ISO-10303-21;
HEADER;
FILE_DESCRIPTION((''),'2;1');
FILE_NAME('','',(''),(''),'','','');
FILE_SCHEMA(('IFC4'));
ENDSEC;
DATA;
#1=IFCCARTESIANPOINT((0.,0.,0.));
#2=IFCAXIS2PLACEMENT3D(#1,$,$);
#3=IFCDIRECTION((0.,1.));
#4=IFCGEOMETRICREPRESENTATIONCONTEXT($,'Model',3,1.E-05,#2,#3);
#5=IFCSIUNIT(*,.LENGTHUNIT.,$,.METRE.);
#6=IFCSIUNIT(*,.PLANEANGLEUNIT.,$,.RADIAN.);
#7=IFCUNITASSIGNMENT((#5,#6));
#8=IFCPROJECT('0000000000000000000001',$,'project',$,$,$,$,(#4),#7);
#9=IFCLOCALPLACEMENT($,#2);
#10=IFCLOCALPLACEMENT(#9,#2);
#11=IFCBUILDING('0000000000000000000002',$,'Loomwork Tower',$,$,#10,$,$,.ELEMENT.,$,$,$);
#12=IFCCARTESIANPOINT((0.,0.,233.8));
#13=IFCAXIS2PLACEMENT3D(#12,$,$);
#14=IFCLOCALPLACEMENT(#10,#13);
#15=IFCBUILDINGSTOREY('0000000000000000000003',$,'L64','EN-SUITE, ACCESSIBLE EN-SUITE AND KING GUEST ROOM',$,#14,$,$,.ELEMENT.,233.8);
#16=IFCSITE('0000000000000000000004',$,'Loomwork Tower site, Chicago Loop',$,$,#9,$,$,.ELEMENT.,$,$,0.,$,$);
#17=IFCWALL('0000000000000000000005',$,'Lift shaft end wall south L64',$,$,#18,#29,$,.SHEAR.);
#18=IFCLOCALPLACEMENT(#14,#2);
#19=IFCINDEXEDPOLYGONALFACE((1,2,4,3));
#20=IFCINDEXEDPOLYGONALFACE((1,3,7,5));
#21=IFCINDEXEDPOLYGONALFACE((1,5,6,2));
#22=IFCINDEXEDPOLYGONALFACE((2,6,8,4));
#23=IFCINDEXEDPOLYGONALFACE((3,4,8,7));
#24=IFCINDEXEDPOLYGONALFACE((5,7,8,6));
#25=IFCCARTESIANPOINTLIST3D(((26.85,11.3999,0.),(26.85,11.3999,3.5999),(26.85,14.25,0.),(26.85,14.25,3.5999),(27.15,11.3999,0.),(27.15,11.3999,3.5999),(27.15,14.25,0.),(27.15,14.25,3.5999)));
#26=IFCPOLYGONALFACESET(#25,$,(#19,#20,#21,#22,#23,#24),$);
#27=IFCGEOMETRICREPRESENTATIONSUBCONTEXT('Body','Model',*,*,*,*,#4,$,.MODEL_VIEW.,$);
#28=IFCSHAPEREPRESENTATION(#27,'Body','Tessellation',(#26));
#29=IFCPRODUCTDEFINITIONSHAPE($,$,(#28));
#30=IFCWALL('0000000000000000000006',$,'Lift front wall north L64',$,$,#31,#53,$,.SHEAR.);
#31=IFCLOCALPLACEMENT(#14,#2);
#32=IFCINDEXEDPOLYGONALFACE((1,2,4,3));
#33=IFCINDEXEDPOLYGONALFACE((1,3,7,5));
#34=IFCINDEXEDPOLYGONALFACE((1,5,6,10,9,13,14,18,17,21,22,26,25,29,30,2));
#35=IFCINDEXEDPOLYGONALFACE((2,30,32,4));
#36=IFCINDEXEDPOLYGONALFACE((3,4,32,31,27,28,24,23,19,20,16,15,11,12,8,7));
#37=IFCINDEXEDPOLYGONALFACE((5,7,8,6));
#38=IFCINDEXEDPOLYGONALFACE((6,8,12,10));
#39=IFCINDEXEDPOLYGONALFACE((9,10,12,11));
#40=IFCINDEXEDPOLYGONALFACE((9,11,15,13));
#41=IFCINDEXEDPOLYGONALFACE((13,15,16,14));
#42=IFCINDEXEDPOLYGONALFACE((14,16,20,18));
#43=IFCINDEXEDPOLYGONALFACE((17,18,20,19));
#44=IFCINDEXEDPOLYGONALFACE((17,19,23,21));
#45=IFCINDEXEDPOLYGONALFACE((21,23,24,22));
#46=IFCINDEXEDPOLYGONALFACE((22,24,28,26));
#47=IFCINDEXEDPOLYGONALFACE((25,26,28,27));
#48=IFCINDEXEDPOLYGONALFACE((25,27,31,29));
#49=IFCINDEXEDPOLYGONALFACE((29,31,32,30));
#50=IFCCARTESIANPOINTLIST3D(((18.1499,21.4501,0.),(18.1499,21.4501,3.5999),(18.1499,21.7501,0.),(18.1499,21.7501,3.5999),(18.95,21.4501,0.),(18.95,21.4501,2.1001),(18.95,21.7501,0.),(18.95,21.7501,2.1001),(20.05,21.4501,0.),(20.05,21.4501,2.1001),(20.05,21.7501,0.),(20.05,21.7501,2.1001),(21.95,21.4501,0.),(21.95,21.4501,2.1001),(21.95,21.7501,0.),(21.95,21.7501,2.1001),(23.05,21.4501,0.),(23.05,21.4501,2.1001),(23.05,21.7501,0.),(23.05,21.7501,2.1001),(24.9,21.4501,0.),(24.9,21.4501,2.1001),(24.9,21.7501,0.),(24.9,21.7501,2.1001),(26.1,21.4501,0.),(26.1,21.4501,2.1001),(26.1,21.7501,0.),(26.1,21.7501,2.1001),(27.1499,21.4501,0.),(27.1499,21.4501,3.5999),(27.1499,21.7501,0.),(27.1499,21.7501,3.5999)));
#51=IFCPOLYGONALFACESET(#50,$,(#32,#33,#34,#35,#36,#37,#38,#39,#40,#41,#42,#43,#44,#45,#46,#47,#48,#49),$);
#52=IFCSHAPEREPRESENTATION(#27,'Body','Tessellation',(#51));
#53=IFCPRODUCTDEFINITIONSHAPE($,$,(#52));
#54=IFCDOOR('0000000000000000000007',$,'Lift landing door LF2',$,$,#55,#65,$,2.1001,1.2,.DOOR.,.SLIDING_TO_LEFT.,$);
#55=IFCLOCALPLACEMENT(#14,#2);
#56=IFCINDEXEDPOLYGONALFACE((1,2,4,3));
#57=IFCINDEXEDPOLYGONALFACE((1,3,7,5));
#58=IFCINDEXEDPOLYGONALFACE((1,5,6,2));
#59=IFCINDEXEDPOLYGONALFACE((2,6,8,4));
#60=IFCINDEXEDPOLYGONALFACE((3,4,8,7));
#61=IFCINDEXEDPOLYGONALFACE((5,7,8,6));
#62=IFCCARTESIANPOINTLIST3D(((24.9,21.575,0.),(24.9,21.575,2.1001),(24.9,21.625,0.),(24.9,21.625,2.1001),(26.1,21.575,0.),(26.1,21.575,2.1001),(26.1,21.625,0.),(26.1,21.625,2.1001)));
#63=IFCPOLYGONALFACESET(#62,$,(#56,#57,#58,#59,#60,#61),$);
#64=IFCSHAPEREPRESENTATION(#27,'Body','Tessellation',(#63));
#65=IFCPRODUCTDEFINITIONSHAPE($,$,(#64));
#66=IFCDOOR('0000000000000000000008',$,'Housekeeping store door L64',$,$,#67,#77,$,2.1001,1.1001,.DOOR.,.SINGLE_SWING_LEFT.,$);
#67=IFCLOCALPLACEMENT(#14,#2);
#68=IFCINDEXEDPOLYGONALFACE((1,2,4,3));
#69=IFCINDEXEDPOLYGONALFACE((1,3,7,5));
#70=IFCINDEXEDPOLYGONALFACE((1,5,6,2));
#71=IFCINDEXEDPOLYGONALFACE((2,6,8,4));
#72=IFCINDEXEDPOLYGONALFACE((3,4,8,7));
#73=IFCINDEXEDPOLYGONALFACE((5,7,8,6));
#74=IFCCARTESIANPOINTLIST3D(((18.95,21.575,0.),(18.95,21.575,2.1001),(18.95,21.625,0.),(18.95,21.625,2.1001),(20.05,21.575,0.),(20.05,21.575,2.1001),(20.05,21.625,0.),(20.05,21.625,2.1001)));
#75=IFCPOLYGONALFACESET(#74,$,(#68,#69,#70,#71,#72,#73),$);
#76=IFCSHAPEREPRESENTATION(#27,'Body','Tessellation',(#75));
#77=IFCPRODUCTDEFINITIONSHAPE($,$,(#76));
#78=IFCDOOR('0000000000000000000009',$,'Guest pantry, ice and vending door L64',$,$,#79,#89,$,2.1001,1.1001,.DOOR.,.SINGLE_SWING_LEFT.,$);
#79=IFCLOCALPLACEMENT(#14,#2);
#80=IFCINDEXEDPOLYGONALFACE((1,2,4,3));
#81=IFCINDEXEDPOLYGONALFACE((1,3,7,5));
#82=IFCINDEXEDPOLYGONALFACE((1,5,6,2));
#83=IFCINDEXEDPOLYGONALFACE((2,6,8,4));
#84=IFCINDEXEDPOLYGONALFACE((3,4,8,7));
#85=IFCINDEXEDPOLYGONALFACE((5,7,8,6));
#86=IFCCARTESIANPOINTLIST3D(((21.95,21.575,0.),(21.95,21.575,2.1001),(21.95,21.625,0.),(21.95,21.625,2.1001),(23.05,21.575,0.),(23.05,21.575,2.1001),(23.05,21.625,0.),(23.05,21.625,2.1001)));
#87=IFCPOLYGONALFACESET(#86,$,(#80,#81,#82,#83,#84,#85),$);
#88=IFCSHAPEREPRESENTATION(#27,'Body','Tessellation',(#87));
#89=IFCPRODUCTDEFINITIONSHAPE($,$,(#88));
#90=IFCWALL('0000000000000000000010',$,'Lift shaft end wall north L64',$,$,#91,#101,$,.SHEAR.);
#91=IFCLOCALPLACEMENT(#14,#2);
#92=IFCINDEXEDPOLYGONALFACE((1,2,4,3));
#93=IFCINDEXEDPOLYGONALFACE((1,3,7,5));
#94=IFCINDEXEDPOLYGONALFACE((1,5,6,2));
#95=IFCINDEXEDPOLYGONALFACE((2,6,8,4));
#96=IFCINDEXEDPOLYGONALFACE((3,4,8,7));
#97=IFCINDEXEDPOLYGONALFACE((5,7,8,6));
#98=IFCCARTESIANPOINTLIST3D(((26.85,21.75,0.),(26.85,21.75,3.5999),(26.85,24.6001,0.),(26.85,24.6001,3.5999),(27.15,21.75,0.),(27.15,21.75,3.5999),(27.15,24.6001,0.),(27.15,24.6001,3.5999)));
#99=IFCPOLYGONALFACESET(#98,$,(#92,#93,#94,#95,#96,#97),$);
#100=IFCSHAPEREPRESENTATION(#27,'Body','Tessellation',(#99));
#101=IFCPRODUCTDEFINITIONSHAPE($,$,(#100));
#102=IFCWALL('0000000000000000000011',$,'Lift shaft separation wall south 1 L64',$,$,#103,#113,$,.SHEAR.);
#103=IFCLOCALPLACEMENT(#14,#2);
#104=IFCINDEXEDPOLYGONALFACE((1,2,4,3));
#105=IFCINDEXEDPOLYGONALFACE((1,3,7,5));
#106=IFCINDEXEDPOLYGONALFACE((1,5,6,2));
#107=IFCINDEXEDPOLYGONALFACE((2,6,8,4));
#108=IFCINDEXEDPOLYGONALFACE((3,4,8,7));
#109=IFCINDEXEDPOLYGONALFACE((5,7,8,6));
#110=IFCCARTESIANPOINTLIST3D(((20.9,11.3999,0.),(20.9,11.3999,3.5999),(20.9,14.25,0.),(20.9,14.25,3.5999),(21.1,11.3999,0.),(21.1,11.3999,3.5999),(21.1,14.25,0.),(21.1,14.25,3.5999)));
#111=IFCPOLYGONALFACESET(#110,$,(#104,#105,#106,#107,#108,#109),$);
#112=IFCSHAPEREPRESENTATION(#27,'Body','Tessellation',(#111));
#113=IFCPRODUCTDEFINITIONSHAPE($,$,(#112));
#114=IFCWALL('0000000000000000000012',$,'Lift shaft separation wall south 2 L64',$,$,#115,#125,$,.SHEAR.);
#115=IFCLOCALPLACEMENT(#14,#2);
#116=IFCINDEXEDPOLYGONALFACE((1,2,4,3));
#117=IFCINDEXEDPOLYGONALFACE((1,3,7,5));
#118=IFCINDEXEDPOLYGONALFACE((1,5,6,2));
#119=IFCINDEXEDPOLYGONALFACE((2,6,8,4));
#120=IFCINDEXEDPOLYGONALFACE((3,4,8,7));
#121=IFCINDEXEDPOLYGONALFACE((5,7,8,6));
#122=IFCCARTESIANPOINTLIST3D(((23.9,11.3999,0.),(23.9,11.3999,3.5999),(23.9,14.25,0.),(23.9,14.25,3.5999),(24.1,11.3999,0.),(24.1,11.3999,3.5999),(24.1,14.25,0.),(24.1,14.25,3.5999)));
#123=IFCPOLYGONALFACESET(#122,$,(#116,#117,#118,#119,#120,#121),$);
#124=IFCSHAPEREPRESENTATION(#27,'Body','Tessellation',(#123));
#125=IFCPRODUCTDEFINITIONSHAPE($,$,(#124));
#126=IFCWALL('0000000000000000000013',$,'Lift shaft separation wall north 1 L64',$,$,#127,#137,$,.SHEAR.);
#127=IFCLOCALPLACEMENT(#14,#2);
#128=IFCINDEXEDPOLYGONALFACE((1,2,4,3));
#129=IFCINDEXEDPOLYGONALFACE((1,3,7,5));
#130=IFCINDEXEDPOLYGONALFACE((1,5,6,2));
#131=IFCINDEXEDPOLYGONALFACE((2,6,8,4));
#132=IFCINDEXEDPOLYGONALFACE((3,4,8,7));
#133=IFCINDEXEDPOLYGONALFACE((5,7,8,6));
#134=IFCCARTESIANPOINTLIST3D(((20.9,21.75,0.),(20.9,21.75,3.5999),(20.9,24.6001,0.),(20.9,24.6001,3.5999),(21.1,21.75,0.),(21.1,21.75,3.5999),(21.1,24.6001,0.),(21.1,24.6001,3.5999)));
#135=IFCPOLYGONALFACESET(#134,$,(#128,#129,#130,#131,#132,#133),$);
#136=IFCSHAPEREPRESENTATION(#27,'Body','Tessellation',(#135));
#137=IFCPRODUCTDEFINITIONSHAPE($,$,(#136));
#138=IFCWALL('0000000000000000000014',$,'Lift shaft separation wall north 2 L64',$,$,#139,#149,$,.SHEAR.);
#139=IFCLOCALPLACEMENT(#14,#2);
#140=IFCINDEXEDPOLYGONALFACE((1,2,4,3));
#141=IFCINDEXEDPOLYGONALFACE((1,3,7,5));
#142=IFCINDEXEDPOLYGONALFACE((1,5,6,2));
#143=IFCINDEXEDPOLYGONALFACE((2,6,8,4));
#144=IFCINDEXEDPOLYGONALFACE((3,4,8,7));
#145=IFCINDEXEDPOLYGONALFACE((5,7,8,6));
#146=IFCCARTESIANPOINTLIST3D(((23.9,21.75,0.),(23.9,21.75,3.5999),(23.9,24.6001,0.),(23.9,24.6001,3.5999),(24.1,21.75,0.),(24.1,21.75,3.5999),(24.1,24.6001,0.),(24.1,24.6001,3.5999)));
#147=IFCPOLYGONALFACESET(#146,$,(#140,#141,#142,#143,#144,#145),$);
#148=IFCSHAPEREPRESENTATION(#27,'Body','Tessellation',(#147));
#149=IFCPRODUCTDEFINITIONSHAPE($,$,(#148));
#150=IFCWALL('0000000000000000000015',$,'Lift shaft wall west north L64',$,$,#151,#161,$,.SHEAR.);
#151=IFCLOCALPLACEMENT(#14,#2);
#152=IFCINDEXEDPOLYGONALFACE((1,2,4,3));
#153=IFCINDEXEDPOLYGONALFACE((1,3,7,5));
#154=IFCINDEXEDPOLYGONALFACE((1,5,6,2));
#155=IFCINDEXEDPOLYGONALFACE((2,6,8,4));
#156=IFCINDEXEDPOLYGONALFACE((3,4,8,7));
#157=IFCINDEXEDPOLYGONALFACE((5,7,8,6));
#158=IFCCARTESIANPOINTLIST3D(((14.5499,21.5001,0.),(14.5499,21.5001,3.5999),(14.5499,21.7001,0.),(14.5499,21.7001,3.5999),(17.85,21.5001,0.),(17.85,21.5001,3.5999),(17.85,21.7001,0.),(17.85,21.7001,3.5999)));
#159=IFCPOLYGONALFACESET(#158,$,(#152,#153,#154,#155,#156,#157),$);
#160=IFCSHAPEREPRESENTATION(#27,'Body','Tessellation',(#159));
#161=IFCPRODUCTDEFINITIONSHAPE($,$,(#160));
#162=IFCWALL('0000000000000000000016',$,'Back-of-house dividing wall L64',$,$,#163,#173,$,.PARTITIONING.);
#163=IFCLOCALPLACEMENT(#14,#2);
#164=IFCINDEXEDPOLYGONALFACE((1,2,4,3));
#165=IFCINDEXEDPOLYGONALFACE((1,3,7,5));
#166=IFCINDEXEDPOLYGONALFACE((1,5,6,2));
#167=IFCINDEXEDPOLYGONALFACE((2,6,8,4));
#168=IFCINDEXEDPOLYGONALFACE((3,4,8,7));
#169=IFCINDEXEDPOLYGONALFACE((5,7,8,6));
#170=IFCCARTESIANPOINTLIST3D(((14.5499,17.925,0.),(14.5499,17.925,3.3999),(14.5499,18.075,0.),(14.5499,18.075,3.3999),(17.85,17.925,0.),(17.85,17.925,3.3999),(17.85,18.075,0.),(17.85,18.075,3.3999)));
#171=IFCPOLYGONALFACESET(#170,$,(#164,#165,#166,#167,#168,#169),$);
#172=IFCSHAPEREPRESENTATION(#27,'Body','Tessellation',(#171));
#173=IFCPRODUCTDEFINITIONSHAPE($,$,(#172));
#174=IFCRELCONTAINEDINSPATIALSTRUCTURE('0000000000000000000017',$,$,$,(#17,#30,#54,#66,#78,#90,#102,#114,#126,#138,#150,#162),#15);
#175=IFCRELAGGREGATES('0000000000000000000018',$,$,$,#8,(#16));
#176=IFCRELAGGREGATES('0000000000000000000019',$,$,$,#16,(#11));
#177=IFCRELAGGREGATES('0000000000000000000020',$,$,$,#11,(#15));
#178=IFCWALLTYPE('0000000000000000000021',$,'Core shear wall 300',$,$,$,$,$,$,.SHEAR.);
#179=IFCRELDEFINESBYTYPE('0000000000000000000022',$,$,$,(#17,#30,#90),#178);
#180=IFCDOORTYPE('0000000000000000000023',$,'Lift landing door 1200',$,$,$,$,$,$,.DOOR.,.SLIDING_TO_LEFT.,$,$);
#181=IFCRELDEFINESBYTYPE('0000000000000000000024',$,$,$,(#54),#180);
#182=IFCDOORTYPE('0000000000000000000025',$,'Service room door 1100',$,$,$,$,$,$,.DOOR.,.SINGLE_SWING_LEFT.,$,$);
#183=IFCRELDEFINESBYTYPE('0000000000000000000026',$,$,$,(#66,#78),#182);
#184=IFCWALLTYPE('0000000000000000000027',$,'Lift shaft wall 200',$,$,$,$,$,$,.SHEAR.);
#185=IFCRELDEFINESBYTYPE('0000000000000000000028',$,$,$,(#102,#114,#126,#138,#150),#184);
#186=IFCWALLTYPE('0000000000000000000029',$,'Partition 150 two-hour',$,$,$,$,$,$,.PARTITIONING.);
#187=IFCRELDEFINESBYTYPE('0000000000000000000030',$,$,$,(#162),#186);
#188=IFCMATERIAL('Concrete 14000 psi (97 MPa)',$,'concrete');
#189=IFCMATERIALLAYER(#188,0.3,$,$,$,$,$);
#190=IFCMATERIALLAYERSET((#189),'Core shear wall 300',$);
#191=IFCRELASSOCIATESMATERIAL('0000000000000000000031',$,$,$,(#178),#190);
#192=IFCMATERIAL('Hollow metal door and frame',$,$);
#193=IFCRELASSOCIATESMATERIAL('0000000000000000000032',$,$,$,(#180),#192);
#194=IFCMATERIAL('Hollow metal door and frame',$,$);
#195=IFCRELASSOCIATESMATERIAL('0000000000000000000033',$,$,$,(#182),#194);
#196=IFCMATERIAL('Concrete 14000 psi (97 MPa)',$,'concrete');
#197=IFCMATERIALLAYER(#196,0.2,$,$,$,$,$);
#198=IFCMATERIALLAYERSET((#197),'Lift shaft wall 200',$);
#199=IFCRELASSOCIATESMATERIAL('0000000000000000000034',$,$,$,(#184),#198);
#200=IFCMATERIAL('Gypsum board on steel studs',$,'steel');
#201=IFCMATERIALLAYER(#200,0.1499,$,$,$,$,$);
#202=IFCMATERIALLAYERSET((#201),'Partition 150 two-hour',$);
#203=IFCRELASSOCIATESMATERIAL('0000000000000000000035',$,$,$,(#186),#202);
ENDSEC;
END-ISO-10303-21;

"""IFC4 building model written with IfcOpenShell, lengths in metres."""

from ifc_helpers import new_model, si_unit, direction, frame, frame_2d, origin, place, context, subcontext, project, spatial, rectangle, extrude, material, layer, layer_set, type_object, element, fill, save


model = new_model("IFC4")

# Units and contexts
model_context = context("Model", 3, precision=1e-05, world=origin(), true_north=direction((0.0, 1.0)))
body_context = subcontext(model_context, "Body", "Model", "MODEL_VIEW")
ifc_project = project(units=[si_unit("LENGTHUNIT", "METRE"), si_unit("PLANEANGLEUNIT", "RADIAN")], contexts=[model_context])

# Site, building, storey
site_placement = place(None, origin())
site = spatial("IfcSite", under=ifc_project, at=site_placement, Name="Loomwork Tower site, Chicago Loop", CompositionType="ELEMENT", RefElevation=0.0)
building_placement = place(site_placement, origin())
building = spatial("IfcBuilding", under=site, at=building_placement, Name="Loomwork Tower", CompositionType="ELEMENT")
storey_placement = place(building_placement, frame((0.0, 0.0, 233.8)))
storey = spatial("IfcBuildingStorey", under=building, at=storey_placement, Name="L64", Description="EN-SUITE, ACCESSIBLE EN-SUITE AND KING GUEST ROOM", CompositionType="ELEMENT", Elevation=233.8)

# Shared definitions
ifc_material_1 = material(Name="Concrete 14000 psi (97 MPa)", Category="concrete")
ifc_layer_1 = layer(ifc_material_1, 0.3)
ifc_layer_set_1 = layer_set([ifc_layer_1], Name="Core shear wall 300")
wall_type_1 = type_object("IfcWallType", Name="Core shear wall 300", PredefinedType="SHEAR", material=ifc_layer_set_1)

# Shared definitions
ifc_material_2 = material(Name="Hollow metal door and frame")
door_type_1 = type_object("IfcDoorType", Name="Lift landing door 1200", OperationType="SLIDING_TO_LEFT", PredefinedType="DOOR", material=ifc_material_2)
ifc_material_3 = material(Name="Hollow metal door and frame")
door_type_2 = type_object("IfcDoorType", Name="Service room door 1100", OperationType="SINGLE_SWING_LEFT", PredefinedType="DOOR", material=ifc_material_3)

# Wall
wall_1_placement = place(storey_placement, frame((27.0, 11.3999, 0.0), z_axis=(0.0, 0.0, 1.0), x_axis=(0.0, 1.0, 0.0)))
element("IfcWall", 1, at=wall_1_placement, inside=storey, type_object=wall_type_1, Name="Lift shaft end wall south L64", PredefinedType="SHEAR", context=body_context, shape_type="SweptSolid", body=[
    extrude(rectangle(XDim=2.8501, YDim=0.3, at=frame_2d((1.425, 0.0))), origin(), (0.0, 0.0, 1.0), 3.5999),
])

# Wall, openings, doors
wall_2_placement = place(storey_placement, frame((18.1499, 21.6001, 0.0), z_axis=(0.0, 0.0, 1.0), x_axis=(1.0, 0.0, 0.0)))
wall_2 = element("IfcWall", 2, at=wall_2_placement, inside=storey, type_object=wall_type_1, Name="Lift front wall north L64", PredefinedType="SHEAR", context=body_context, shape_type="SweptSolid", body=[
    extrude(rectangle(XDim=9.0, YDim=0.3, at=frame_2d((4.5, 0.0))), origin(), (0.0, 0.0, 1.0), 3.5999),
])
opening_1_placement = place(wall_2_placement, frame((6.75, 0.0, 0.0)))
opening_1 = element("IfcOpeningElement", 3, at=opening_1_placement, cuts=wall_2, PredefinedType="OPENING", context=body_context, shape_type="SweptSolid", body=[
    extrude(rectangle(XDim=1.2, YDim=2.1001, at=frame_2d((0.6001, 1.05))), frame((0.0, 0.1599, 0.0), z_axis=(0.0, -1.0, 0.0), x_axis=(1.0, 0.0, 0.0)), (0.0, 0.0, 1.0), 0.3201),
])
opening_2_placement = place(wall_2_placement, frame((0.8, 0.0, 0.0)))
opening_2 = element("IfcOpeningElement", 4, at=opening_2_placement, cuts=wall_2, PredefinedType="OPENING", context=body_context, shape_type="SweptSolid", body=[
    extrude(rectangle(XDim=1.1001, YDim=2.1001, at=frame_2d((0.55, 1.05))), frame((0.0, 0.1599, 0.0), z_axis=(0.0, -1.0, 0.0), x_axis=(1.0, 0.0, 0.0)), (0.0, 0.0, 1.0), 0.3201),
])
opening_3_placement = place(wall_2_placement, frame((3.8, 0.0, 0.0)))
opening_3 = element("IfcOpeningElement", 5, at=opening_3_placement, cuts=wall_2, PredefinedType="OPENING", context=body_context, shape_type="SweptSolid", body=[
    extrude(rectangle(XDim=1.1001, YDim=2.1001, at=frame_2d((0.55, 1.05))), frame((0.0, 0.1599, 0.0), z_axis=(0.0, -1.0, 0.0), x_axis=(1.0, 0.0, 0.0)), (0.0, 0.0, 1.0), 0.3201),
])
door_1_placement = place(opening_1_placement, origin())
door_1 = element("IfcDoor", 6, at=door_1_placement, inside=storey, type_object=door_type_1, Name="Lift landing door LF2", OperationType="SLIDING_TO_LEFT", OverallHeight=2.1001, OverallWidth=1.2, PredefinedType="DOOR", context=body_context, shape_type="SweptSolid", body=[
    extrude(rectangle(XDim=1.2, YDim=2.1001, at=frame_2d((0.6001, 1.05))), frame((0.0, 0.0249, 0.0), z_axis=(0.0, -1.0, 0.0), x_axis=(1.0, 0.0, 0.0)), (0.0, 0.0, 1.0), 0.05),
])
fill(opening_1, door_1)
door_2_placement = place(opening_2_placement, origin())
door_2 = element("IfcDoor", 7, at=door_2_placement, inside=storey, type_object=door_type_2, Name="Housekeeping store door L64", OperationType="SINGLE_SWING_LEFT", OverallHeight=2.1001, OverallWidth=1.1001, PredefinedType="DOOR", context=body_context, shape_type="SweptSolid", body=[
    extrude(rectangle(XDim=1.1001, YDim=2.1001, at=frame_2d((0.55, 1.05))), frame((0.0, 0.0249, 0.0), z_axis=(0.0, -1.0, 0.0), x_axis=(1.0, 0.0, 0.0)), (0.0, 0.0, 1.0), 0.05),
])
fill(opening_2, door_2)
door_3_placement = place(opening_3_placement, origin())
door_3 = element("IfcDoor", 8, at=door_3_placement, inside=storey, type_object=door_type_2, Name="Guest pantry, ice and vending door L64", OperationType="SINGLE_SWING_LEFT", OverallHeight=2.1001, OverallWidth=1.1001, PredefinedType="DOOR", context=body_context, shape_type="SweptSolid", body=[
    extrude(rectangle(XDim=1.1001, YDim=2.1001, at=frame_2d((0.55, 1.05))), frame((0.0, 0.0249, 0.0), z_axis=(0.0, -1.0, 0.0), x_axis=(1.0, 0.0, 0.0)), (0.0, 0.0, 1.0), 0.05),
])
fill(opening_3, door_3)

# Walls
wall_3_placement = place(storey_placement, frame((27.0, 21.75, 0.0), z_axis=(0.0, 0.0, 1.0), x_axis=(0.0, 1.0, 0.0)))
element("IfcWall", 9, at=wall_3_placement, inside=storey, type_object=wall_type_1, Name="Lift shaft end wall north L64", PredefinedType="SHEAR", context=body_context, shape_type="SweptSolid", body=[
    extrude(rectangle(XDim=2.8501, YDim=0.3, at=frame_2d((1.425, 0.0))), origin(), (0.0, 0.0, 1.0), 3.5999),
])
ifc_material_4 = material(Name="Concrete 14000 psi (97 MPa)", Category="concrete")
ifc_layer_2 = layer(ifc_material_4, 0.2)
ifc_layer_set_2 = layer_set([ifc_layer_2], Name="Lift shaft wall 200")
wall_type_2 = type_object("IfcWallType", Name="Lift shaft wall 200", PredefinedType="SHEAR", material=ifc_layer_set_2)
for number, where, z_axis, x_axis, name in (
    (10, (21.0, 11.3999, 0.0), (0.0, 0.0, 1.0), (0.0, 1.0, 0.0), "Lift shaft separation wall south 1 L64"),
    (11, (24.0, 11.3999, 0.0), (0.0, 0.0, 1.0), (0.0, 1.0, 0.0), "Lift shaft separation wall south 2 L64"),
    (12, (21.0, 21.75, 0.0), (0.0, 0.0, 1.0), (0.0, 1.0, 0.0), "Lift shaft separation wall north 1 L64"),
    (13, (24.0, 21.75, 0.0), (0.0, 0.0, 1.0), (0.0, 1.0, 0.0), "Lift shaft separation wall north 2 L64"),
):
    element("IfcWall", number, at=place(storey_placement, frame(where, z_axis=z_axis, x_axis=x_axis)), inside=storey, type_object=wall_type_2, Name=name, PredefinedType="SHEAR", context=body_context, shape_type="SweptSolid", body=[
        extrude(rectangle(XDim=2.8501, YDim=0.2, at=frame_2d((1.425, 0.0))), origin(), (0.0, 0.0, 1.0), 3.5999),
    ])
wall_4_placement = place(storey_placement, frame((14.55, 21.6001, 0.0), z_axis=(0.0, 0.0, 1.0), x_axis=(1.0, 0.0, 0.0)))
element("IfcWall", 14, at=wall_4_placement, inside=storey, type_object=wall_type_2, Name="Lift shaft wall west north L64", PredefinedType="SHEAR", context=body_context, shape_type="SweptSolid", body=[
    extrude(rectangle(XDim=3.3, YDim=0.2, at=frame_2d((1.6499, 0.0))), origin(), (0.0, 0.0, 1.0), 3.5999),
])
ifc_material_5 = material(Name="Gypsum board on steel studs", Category="steel")
ifc_layer_3 = layer(ifc_material_5, 0.1499)
ifc_layer_set_3 = layer_set([ifc_layer_3], Name="Partition 150 two-hour")
wall_type_3 = type_object("IfcWallType", Name="Partition 150 two-hour", PredefinedType="PARTITIONING", material=ifc_layer_set_3)
wall_5_placement = place(storey_placement, frame((14.55, 18.0, 0.0), z_axis=(0.0, 0.0, 1.0), x_axis=(1.0, 0.0, 0.0)))
element("IfcWall", 15, at=wall_5_placement, inside=storey, type_object=wall_type_3, Name="Back-of-house dividing wall L64", PredefinedType="PARTITIONING", context=body_context, shape_type="SweptSolid", body=[
    extrude(rectangle(XDim=3.3, YDim=0.1499, at=frame_2d((1.6499, 0.0))), origin(), (0.0, 0.0, 1.0), 3.3999),
])

save(model, "model.ifc")
